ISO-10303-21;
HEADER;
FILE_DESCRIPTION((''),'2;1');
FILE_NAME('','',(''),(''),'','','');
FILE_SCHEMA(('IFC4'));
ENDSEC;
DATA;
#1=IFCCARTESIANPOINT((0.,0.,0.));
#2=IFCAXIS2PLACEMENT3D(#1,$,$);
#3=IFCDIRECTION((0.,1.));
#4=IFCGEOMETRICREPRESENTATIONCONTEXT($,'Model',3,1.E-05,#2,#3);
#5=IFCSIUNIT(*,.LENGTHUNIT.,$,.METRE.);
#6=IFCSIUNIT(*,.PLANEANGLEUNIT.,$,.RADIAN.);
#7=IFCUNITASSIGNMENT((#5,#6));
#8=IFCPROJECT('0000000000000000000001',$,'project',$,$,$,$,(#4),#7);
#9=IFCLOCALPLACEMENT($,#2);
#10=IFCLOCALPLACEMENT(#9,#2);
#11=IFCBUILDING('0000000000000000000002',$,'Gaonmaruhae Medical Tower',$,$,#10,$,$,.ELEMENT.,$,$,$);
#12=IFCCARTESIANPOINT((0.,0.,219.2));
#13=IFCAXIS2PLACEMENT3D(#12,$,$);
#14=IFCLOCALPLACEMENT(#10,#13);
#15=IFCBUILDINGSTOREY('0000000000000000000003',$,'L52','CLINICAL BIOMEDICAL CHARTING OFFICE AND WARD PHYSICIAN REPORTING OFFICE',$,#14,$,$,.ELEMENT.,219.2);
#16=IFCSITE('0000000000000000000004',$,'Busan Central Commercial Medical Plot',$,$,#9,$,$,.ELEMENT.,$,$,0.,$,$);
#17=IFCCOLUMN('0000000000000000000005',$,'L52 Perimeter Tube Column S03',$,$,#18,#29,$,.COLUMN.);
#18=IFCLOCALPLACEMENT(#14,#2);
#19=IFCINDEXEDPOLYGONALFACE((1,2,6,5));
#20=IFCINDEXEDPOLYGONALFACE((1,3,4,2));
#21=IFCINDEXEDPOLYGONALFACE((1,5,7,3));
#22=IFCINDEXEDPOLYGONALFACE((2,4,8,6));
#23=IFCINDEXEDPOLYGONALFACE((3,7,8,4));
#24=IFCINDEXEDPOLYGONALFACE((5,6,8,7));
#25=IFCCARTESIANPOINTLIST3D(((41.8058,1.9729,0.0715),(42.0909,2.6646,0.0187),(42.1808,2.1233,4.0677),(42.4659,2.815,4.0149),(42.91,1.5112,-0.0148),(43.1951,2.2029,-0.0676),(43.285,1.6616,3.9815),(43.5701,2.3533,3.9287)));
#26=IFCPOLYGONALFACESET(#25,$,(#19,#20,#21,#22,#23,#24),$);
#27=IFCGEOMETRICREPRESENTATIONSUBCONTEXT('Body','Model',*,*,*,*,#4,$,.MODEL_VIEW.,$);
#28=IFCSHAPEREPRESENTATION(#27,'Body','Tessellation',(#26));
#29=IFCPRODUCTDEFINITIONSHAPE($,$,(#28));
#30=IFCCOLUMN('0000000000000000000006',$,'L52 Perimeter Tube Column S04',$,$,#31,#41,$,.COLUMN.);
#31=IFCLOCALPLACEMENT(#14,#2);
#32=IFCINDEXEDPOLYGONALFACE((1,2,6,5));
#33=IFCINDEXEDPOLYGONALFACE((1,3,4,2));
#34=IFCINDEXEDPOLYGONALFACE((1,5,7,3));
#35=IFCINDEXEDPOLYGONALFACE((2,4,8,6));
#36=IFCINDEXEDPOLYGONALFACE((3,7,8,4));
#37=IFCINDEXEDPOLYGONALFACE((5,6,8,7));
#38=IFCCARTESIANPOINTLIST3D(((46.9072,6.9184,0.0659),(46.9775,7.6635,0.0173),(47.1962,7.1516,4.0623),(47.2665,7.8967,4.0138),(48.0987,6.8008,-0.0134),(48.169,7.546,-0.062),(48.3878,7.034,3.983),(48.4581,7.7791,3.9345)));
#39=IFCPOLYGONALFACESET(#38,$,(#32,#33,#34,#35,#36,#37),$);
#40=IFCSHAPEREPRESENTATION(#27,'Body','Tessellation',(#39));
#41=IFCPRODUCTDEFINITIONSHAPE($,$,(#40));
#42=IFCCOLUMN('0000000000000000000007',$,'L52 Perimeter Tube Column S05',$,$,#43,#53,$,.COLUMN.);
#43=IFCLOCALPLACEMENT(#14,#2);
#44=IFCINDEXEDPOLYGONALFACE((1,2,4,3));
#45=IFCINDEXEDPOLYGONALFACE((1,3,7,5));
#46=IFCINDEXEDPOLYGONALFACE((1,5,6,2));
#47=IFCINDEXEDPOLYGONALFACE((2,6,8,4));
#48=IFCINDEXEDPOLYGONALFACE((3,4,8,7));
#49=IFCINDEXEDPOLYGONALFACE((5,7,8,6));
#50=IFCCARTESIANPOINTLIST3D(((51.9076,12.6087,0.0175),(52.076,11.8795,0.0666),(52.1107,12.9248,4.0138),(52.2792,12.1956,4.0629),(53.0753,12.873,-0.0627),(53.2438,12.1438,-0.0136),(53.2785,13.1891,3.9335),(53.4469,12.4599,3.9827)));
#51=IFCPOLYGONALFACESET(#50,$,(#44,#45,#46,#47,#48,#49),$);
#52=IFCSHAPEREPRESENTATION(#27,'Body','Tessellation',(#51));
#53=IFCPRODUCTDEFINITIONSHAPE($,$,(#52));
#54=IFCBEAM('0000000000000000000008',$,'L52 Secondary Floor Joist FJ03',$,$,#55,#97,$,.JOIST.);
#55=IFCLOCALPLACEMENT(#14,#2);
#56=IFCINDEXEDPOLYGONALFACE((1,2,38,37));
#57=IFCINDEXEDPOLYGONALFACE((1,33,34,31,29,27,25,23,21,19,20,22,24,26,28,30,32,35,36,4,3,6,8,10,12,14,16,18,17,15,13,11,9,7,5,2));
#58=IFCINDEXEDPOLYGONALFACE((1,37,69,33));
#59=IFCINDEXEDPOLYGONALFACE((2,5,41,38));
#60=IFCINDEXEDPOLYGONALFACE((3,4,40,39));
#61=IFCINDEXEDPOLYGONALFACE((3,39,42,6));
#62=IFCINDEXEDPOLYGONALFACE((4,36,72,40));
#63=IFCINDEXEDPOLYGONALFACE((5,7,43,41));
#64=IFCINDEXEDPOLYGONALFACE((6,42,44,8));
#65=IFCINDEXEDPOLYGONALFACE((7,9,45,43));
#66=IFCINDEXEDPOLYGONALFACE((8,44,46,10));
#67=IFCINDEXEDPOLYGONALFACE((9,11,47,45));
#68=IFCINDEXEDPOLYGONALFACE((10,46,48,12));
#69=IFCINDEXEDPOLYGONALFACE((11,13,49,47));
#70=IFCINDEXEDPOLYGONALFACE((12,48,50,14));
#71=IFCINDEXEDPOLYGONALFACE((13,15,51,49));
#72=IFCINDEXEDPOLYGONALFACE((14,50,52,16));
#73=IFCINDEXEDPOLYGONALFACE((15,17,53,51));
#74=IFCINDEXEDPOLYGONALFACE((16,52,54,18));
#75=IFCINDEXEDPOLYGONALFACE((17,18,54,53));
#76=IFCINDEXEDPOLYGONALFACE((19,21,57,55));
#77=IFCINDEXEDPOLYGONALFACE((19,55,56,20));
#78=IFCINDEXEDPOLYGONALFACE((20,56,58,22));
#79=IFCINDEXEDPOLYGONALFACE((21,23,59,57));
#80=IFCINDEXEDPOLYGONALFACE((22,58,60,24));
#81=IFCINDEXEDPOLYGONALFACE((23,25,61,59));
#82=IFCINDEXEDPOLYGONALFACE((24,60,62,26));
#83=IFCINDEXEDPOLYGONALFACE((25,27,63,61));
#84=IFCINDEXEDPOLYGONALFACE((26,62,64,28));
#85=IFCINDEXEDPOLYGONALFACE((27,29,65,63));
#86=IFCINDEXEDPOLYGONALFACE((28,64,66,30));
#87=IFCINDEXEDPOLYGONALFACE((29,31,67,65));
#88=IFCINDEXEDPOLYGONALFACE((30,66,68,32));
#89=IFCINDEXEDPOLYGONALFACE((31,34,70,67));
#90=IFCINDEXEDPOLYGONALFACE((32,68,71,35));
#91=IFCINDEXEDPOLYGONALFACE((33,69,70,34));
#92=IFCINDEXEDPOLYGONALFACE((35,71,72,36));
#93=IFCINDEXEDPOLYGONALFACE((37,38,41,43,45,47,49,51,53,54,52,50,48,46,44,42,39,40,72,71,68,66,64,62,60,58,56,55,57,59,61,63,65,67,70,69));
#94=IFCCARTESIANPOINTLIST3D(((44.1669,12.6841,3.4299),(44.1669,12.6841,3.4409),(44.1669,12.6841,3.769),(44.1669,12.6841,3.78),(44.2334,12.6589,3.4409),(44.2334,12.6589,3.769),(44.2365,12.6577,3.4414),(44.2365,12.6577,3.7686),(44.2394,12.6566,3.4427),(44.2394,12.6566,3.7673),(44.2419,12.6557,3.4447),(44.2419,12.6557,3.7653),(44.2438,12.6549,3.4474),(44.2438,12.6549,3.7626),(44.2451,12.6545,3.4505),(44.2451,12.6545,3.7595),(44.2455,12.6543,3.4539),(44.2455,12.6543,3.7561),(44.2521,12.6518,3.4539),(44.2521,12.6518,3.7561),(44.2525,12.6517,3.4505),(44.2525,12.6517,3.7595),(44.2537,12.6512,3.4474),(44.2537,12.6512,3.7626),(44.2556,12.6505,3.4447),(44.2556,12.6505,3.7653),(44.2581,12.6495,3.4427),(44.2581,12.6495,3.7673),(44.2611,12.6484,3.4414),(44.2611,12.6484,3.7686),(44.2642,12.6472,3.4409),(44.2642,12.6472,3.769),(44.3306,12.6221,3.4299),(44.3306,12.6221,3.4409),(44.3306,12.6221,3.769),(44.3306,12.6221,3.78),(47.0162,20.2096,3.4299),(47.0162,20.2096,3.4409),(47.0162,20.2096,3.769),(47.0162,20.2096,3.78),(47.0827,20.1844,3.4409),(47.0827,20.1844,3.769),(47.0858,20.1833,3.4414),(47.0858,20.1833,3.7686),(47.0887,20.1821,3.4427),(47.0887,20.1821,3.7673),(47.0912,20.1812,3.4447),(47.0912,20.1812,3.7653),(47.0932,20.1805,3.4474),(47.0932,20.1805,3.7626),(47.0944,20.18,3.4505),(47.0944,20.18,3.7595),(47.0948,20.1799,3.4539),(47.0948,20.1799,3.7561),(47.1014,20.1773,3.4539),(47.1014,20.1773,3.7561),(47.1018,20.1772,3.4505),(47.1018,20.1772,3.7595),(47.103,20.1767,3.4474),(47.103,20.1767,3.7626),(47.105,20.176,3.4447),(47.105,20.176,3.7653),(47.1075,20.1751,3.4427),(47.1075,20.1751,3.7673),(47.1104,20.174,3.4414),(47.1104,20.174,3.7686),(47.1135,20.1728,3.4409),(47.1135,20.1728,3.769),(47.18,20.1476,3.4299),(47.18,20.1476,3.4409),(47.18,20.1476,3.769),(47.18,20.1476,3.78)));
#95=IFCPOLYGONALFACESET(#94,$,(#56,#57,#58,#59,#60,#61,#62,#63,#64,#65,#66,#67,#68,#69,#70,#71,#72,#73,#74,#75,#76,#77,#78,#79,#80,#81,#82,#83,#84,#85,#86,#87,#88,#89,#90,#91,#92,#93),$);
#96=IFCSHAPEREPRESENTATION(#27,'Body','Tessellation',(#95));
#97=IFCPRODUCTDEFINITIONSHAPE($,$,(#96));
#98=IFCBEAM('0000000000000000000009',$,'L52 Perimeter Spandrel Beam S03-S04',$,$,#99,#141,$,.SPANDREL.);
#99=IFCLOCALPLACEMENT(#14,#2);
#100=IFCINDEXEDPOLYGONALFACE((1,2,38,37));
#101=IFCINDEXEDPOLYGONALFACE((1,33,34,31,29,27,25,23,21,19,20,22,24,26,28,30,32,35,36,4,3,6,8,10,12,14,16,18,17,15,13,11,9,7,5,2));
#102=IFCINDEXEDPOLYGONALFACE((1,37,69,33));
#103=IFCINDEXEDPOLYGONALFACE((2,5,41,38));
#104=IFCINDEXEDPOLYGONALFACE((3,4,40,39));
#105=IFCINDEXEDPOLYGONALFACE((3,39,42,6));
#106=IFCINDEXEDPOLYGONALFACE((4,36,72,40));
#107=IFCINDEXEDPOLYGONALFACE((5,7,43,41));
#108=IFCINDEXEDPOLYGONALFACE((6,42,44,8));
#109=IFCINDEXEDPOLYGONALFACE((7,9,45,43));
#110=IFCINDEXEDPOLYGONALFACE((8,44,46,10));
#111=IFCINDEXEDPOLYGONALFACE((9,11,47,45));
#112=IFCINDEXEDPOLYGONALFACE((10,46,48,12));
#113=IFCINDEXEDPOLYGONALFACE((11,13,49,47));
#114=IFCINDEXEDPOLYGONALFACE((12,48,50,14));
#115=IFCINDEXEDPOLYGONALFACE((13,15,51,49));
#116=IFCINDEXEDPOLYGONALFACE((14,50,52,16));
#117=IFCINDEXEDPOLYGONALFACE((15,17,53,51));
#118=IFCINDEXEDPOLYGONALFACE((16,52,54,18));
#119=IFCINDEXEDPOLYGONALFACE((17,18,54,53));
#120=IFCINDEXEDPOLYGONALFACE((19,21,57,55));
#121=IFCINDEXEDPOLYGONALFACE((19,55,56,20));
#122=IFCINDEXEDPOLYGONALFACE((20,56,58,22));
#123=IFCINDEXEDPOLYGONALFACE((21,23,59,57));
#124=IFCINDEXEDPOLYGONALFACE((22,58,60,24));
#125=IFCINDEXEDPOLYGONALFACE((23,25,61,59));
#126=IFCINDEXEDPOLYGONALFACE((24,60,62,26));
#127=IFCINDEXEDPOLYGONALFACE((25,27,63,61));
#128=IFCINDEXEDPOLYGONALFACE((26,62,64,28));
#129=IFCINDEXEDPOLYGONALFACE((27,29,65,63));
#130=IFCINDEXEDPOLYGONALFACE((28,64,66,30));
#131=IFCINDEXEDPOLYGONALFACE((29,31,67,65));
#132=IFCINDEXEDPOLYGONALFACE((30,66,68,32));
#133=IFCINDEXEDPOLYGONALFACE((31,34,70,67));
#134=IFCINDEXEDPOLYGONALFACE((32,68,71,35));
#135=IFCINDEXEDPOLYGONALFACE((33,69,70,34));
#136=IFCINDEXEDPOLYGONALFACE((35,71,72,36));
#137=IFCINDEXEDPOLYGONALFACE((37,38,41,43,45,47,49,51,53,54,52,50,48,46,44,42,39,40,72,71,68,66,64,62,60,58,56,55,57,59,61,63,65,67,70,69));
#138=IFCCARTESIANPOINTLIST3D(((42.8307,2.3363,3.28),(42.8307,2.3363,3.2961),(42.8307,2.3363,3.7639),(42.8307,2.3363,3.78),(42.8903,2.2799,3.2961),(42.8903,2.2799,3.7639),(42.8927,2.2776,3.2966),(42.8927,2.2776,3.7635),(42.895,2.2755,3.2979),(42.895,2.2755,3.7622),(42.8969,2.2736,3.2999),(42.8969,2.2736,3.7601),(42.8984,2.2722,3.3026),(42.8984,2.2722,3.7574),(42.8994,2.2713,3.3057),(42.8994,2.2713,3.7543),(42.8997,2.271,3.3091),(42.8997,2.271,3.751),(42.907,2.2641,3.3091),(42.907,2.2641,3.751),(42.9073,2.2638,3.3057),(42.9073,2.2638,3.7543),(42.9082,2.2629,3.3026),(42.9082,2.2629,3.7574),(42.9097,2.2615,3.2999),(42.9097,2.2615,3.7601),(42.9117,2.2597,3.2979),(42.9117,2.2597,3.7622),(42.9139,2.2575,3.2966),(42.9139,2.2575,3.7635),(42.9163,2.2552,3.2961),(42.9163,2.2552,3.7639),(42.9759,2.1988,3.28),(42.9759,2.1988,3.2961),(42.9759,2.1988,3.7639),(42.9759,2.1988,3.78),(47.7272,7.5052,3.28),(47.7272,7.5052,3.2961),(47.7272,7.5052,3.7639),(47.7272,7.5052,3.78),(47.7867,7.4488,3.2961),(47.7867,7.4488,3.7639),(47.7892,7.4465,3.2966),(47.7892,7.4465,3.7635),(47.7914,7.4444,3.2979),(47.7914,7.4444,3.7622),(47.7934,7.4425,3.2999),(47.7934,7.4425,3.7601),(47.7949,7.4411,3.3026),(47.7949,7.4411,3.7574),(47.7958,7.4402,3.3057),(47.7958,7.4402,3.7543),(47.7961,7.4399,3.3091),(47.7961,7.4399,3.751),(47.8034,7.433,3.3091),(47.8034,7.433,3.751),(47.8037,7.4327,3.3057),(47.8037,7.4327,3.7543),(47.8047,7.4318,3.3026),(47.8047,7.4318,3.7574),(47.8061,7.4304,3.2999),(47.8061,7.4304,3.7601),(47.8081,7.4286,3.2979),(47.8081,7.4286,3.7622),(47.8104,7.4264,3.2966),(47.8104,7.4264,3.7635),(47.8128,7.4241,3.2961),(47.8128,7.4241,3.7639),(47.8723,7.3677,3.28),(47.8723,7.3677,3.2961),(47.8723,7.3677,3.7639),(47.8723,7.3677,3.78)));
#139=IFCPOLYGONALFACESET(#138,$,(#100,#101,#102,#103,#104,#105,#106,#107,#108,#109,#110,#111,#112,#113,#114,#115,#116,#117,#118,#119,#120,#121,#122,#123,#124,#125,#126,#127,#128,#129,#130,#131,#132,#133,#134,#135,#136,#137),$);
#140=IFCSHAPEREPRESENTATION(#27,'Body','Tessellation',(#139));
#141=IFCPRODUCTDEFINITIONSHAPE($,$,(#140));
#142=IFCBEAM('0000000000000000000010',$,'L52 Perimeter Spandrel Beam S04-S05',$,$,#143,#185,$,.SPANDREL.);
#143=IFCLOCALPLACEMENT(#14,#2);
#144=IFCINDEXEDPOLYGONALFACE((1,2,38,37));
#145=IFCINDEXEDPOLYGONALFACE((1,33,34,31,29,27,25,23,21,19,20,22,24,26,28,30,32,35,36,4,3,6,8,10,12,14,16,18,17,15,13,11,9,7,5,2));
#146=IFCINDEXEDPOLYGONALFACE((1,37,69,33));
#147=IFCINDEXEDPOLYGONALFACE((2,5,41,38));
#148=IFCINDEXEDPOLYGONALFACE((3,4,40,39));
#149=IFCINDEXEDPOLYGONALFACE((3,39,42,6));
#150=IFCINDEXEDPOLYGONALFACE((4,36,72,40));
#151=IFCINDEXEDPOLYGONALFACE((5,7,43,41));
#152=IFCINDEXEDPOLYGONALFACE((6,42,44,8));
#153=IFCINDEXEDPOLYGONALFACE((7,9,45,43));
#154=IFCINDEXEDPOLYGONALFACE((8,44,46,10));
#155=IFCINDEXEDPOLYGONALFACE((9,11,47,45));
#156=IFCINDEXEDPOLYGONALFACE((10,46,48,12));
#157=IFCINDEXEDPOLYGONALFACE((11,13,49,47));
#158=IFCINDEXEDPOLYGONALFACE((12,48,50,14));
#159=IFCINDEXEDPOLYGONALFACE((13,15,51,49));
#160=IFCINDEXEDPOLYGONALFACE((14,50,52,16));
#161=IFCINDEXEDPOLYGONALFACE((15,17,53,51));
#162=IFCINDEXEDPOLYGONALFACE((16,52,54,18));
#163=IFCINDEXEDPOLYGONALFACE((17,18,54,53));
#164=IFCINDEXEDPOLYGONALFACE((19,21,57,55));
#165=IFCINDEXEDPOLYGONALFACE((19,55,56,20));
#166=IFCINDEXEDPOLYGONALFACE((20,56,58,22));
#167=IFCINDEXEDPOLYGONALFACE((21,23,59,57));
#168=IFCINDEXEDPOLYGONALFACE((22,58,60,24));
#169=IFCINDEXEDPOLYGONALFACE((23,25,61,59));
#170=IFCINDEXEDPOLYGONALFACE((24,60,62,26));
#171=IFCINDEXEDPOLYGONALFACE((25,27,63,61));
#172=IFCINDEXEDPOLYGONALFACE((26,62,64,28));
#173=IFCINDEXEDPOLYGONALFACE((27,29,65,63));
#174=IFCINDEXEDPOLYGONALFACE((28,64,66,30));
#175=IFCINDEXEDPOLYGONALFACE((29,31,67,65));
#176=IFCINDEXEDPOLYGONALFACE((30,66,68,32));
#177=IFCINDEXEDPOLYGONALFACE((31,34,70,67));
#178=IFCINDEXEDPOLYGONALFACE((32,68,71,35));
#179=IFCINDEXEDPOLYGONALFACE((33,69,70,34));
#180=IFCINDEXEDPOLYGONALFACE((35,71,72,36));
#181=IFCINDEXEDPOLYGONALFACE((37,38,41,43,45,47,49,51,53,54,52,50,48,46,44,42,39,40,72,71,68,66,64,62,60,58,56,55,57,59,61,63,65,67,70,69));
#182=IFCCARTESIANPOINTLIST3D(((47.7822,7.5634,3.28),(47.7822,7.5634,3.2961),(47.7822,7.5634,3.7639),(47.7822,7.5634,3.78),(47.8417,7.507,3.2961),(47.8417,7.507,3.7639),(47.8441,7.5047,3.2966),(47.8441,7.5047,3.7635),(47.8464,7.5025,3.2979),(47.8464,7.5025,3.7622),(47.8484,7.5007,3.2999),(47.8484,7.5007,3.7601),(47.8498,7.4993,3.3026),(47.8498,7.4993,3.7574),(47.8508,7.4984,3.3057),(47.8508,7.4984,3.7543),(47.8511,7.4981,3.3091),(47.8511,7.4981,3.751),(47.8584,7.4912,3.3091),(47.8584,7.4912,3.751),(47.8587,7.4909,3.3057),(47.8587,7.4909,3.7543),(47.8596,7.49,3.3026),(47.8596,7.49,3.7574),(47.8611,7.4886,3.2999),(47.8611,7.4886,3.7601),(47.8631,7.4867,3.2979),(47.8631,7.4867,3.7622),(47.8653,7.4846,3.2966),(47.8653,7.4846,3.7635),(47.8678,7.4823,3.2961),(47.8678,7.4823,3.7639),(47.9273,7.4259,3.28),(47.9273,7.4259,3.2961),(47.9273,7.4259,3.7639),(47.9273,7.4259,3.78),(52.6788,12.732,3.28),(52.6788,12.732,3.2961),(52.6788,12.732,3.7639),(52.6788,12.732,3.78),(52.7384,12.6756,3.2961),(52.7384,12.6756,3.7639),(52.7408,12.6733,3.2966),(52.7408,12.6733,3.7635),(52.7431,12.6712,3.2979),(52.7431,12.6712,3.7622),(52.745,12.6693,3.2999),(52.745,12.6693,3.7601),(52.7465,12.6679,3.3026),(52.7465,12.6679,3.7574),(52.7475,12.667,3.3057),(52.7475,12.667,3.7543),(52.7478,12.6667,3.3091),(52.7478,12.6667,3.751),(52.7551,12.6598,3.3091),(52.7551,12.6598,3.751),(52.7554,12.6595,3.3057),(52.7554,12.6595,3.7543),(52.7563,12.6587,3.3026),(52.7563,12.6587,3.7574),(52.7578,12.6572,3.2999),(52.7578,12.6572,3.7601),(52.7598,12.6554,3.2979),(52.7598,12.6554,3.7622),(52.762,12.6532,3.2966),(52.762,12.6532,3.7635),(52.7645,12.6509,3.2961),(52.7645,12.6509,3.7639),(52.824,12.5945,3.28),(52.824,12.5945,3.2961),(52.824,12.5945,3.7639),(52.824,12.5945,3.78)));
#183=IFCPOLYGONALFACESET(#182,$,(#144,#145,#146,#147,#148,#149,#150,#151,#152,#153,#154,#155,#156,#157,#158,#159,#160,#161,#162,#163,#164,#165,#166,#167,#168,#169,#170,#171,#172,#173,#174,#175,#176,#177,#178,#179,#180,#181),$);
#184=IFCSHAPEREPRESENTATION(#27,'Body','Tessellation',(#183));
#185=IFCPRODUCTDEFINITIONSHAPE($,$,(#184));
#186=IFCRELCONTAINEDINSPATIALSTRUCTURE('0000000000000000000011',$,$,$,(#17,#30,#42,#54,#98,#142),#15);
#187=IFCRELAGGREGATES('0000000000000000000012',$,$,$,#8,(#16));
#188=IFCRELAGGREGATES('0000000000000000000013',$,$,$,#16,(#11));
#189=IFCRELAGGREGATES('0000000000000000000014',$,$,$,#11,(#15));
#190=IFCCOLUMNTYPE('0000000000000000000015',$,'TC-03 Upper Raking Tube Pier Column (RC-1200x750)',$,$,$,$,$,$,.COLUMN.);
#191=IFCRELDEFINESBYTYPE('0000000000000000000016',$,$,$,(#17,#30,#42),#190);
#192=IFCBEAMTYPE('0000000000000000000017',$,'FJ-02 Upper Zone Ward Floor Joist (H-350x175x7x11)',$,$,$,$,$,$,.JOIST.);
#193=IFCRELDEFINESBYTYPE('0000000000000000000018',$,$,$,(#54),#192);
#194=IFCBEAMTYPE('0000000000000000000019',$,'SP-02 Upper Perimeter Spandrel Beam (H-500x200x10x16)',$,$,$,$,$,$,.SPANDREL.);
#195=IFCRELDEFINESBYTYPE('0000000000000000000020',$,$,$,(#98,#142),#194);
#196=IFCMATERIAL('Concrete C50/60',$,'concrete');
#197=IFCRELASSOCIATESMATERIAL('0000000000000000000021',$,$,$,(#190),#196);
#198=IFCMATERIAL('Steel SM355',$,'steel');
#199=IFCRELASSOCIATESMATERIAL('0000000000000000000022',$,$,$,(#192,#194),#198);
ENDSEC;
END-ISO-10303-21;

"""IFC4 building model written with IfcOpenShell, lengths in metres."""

from ifc_helpers import new_model, si_unit, direction, frame, origin, origin_2d, place, context, subcontext, project, spatial, rectangle, i_section, extrude, material, material_profile, profile_set, type_object, element, save


model = new_model("IFC4")

# Units and contexts
model_context = context("Model", 3, precision=1e-05, world=origin(), true_north=direction((0.0, 1.0)))
body_context = subcontext(model_context, "Body", "Model", "MODEL_VIEW")
ifc_project = project(units=[si_unit("LENGTHUNIT", "METRE"), si_unit("PLANEANGLEUNIT", "RADIAN")], contexts=[model_context])

# Site, building, storey
site_placement = place(None, origin())
site = spatial("IfcSite", under=ifc_project, at=site_placement, Name="Busan Central Commercial Medical Plot", CompositionType="ELEMENT", RefElevation=0.0)
building_placement = place(site_placement, origin())
building = spatial("IfcBuilding", under=site, at=building_placement, Name="Gaonmaruhae Medical Tower", CompositionType="ELEMENT")
storey_placement = place(building_placement, frame((0.0, 0.0, 219.2)))
storey = spatial("IfcBuildingStorey", under=building, at=storey_placement, Name="L52", Description="CLINICAL BIOMEDICAL CHARTING OFFICE AND WARD PHYSICIAN REPORTING OFFICE", CompositionType="ELEMENT", Elevation=219.2)

# Columns
ifc_material_1 = material(Name="Concrete C50/60", Category="concrete")
ifc_material_profile_1 = material_profile(ifc_material_1, rectangle(XDim=1.2, YDim=0.75, at=origin_2d()), Name="RC-1200x750")
ifc_profile_set_1 = profile_set([ifc_material_profile_1], Name="Concrete C50/60")
column_type = type_object("IfcColumnType", Name="TC-03 Upper Raking Tube Pier Column (RC-1200x750)", PredefinedType="COLUMN", material=ifc_profile_set_1)
column_1_placement = place(storey_placement, frame((42.5005, 2.0879, 0.002), z_axis=(0.09336, 0.037441, 0.994928), x_axis=(-0.920201, 0.384793, 0.071867)))
element("IfcColumn", 1, at=column_1_placement, inside=storey, type_object=column_type, Name="L52 Perimeter Tube Column S03", PredefinedType="COLUMN", context=body_context, shape_type="SweptSolid", body=[
    extrude(rectangle(XDim=1.2, YDim=0.75, at=origin_2d()), origin(), (0.0, 0.0, 1.0), 4.0166),
])
column_2_placement = place(storey_placement, frame((47.5381, 7.2322, 0.002), z_axis=(0.072022, 0.058092, 0.99571), x_axis=(-0.992992, 0.097957, 0.06611)))
element("IfcColumn", 2, at=column_2_placement, inside=storey, type_object=column_type, Name="L52 Perimeter Tube Column S04", PredefinedType="COLUMN", context=body_context, shape_type="SweptSolid", body=[
    extrude(rectangle(XDim=1.2, YDim=0.75, at=origin_2d()), origin(), (0.0, 0.0, 1.0), 4.0137),
])
column_3_placement = place(storey_placement, frame((52.5757, 12.3762, 0.002), z_axis=(0.050605, 0.078765, 0.995608), x_axis=(-0.973141, -0.220277, 0.066889)))
element("IfcColumn", 3, at=column_3_placement, inside=storey, type_object=column_type, Name="L52 Perimeter Tube Column S05", PredefinedType="COLUMN", context=body_context, shape_type="SweptSolid", body=[
    extrude(rectangle(XDim=1.2, YDim=0.75, at=origin_2d()), origin(), (0.0, 0.0, 1.0), 4.0139),
])

# Beams
ifc_material_2 = material(Name="Steel SM355", Category="steel")
ifc_material_profile_2 = material_profile(ifc_material_2, i_section(OverallWidth=0.175, OverallDepth=0.3501, WebThickness=0.0071, FlangeThickness=0.011, FilletRadius=0.0129, at=origin_2d()), Name="H-350x175x7x11")
ifc_profile_set_2 = profile_set([ifc_material_profile_2], Name="Steel SM355")
beam_type_1 = type_object("IfcBeamType", Name="FJ-02 Upper Zone Ward Floor Joist (H-350x175x7x11)", PredefinedType="JOIST", material=ifc_profile_set_2)
beam_placement = place(storey_placement, frame((44.2488, 12.6531, 3.605), z_axis=(0.354091, 0.935211, 0.0), x_axis=(-0.935211, 0.354091, 0.0)))
element("IfcBeam", 4, at=beam_placement, inside=storey, type_object=beam_type_1, Name="L52 Secondary Floor Joist FJ03", PredefinedType="JOIST", context=body_context, shape_type="SweptSolid", body=[
    extrude(i_section(OverallWidth=0.175, OverallDepth=0.3501, WebThickness=0.0071, FlangeThickness=0.011, FilletRadius=0.0129, at=origin_2d()), origin(), (0.0, 0.0, 1.0), 8.0469),
])
ifc_material_profile_3 = material_profile(ifc_material_2, i_section(OverallWidth=0.2, OverallDepth=0.5, WebThickness=0.01, FlangeThickness=0.0161, FilletRadius=0.0129, at=origin_2d()), Name="H-500x200x10x16")
ifc_profile_set_3 = profile_set([ifc_material_profile_3], Name="Steel SM355")
beam_type_2 = type_object("IfcBeamType", Name="SP-02 Upper Perimeter Spandrel Beam (H-500x200x10x16)", PredefinedType="SPANDREL", material=ifc_profile_set_3)
for number, where, z_axis, x_axis, name in (
    (5, (42.9033, 2.2676, 3.53), (0.687714, 0.725982, 0.0), (-0.725982, 0.687714, 0.0), "L52 Perimeter Spandrel Beam S03-S04"),
    (6, (47.8547, 7.4946, 3.53), (0.687749, 0.725948, 0.0), (-0.725948, 0.687749, 0.0), "L52 Perimeter Spandrel Beam S04-S05"),
):
    element("IfcBeam", number, at=place(storey_placement, frame(where, z_axis=z_axis, x_axis=x_axis)), inside=storey, type_object=beam_type_2, Name=name, PredefinedType="SPANDREL", context=body_context, shape_type="SweptSolid", body=[
        extrude(i_section(OverallWidth=0.2, OverallDepth=0.5, WebThickness=0.01, FlangeThickness=0.0161, FilletRadius=0.0129, at=origin_2d()), origin(), (0.0, 0.0, 1.0), 7.1199),
    ])

save(model, "model.ifc")
